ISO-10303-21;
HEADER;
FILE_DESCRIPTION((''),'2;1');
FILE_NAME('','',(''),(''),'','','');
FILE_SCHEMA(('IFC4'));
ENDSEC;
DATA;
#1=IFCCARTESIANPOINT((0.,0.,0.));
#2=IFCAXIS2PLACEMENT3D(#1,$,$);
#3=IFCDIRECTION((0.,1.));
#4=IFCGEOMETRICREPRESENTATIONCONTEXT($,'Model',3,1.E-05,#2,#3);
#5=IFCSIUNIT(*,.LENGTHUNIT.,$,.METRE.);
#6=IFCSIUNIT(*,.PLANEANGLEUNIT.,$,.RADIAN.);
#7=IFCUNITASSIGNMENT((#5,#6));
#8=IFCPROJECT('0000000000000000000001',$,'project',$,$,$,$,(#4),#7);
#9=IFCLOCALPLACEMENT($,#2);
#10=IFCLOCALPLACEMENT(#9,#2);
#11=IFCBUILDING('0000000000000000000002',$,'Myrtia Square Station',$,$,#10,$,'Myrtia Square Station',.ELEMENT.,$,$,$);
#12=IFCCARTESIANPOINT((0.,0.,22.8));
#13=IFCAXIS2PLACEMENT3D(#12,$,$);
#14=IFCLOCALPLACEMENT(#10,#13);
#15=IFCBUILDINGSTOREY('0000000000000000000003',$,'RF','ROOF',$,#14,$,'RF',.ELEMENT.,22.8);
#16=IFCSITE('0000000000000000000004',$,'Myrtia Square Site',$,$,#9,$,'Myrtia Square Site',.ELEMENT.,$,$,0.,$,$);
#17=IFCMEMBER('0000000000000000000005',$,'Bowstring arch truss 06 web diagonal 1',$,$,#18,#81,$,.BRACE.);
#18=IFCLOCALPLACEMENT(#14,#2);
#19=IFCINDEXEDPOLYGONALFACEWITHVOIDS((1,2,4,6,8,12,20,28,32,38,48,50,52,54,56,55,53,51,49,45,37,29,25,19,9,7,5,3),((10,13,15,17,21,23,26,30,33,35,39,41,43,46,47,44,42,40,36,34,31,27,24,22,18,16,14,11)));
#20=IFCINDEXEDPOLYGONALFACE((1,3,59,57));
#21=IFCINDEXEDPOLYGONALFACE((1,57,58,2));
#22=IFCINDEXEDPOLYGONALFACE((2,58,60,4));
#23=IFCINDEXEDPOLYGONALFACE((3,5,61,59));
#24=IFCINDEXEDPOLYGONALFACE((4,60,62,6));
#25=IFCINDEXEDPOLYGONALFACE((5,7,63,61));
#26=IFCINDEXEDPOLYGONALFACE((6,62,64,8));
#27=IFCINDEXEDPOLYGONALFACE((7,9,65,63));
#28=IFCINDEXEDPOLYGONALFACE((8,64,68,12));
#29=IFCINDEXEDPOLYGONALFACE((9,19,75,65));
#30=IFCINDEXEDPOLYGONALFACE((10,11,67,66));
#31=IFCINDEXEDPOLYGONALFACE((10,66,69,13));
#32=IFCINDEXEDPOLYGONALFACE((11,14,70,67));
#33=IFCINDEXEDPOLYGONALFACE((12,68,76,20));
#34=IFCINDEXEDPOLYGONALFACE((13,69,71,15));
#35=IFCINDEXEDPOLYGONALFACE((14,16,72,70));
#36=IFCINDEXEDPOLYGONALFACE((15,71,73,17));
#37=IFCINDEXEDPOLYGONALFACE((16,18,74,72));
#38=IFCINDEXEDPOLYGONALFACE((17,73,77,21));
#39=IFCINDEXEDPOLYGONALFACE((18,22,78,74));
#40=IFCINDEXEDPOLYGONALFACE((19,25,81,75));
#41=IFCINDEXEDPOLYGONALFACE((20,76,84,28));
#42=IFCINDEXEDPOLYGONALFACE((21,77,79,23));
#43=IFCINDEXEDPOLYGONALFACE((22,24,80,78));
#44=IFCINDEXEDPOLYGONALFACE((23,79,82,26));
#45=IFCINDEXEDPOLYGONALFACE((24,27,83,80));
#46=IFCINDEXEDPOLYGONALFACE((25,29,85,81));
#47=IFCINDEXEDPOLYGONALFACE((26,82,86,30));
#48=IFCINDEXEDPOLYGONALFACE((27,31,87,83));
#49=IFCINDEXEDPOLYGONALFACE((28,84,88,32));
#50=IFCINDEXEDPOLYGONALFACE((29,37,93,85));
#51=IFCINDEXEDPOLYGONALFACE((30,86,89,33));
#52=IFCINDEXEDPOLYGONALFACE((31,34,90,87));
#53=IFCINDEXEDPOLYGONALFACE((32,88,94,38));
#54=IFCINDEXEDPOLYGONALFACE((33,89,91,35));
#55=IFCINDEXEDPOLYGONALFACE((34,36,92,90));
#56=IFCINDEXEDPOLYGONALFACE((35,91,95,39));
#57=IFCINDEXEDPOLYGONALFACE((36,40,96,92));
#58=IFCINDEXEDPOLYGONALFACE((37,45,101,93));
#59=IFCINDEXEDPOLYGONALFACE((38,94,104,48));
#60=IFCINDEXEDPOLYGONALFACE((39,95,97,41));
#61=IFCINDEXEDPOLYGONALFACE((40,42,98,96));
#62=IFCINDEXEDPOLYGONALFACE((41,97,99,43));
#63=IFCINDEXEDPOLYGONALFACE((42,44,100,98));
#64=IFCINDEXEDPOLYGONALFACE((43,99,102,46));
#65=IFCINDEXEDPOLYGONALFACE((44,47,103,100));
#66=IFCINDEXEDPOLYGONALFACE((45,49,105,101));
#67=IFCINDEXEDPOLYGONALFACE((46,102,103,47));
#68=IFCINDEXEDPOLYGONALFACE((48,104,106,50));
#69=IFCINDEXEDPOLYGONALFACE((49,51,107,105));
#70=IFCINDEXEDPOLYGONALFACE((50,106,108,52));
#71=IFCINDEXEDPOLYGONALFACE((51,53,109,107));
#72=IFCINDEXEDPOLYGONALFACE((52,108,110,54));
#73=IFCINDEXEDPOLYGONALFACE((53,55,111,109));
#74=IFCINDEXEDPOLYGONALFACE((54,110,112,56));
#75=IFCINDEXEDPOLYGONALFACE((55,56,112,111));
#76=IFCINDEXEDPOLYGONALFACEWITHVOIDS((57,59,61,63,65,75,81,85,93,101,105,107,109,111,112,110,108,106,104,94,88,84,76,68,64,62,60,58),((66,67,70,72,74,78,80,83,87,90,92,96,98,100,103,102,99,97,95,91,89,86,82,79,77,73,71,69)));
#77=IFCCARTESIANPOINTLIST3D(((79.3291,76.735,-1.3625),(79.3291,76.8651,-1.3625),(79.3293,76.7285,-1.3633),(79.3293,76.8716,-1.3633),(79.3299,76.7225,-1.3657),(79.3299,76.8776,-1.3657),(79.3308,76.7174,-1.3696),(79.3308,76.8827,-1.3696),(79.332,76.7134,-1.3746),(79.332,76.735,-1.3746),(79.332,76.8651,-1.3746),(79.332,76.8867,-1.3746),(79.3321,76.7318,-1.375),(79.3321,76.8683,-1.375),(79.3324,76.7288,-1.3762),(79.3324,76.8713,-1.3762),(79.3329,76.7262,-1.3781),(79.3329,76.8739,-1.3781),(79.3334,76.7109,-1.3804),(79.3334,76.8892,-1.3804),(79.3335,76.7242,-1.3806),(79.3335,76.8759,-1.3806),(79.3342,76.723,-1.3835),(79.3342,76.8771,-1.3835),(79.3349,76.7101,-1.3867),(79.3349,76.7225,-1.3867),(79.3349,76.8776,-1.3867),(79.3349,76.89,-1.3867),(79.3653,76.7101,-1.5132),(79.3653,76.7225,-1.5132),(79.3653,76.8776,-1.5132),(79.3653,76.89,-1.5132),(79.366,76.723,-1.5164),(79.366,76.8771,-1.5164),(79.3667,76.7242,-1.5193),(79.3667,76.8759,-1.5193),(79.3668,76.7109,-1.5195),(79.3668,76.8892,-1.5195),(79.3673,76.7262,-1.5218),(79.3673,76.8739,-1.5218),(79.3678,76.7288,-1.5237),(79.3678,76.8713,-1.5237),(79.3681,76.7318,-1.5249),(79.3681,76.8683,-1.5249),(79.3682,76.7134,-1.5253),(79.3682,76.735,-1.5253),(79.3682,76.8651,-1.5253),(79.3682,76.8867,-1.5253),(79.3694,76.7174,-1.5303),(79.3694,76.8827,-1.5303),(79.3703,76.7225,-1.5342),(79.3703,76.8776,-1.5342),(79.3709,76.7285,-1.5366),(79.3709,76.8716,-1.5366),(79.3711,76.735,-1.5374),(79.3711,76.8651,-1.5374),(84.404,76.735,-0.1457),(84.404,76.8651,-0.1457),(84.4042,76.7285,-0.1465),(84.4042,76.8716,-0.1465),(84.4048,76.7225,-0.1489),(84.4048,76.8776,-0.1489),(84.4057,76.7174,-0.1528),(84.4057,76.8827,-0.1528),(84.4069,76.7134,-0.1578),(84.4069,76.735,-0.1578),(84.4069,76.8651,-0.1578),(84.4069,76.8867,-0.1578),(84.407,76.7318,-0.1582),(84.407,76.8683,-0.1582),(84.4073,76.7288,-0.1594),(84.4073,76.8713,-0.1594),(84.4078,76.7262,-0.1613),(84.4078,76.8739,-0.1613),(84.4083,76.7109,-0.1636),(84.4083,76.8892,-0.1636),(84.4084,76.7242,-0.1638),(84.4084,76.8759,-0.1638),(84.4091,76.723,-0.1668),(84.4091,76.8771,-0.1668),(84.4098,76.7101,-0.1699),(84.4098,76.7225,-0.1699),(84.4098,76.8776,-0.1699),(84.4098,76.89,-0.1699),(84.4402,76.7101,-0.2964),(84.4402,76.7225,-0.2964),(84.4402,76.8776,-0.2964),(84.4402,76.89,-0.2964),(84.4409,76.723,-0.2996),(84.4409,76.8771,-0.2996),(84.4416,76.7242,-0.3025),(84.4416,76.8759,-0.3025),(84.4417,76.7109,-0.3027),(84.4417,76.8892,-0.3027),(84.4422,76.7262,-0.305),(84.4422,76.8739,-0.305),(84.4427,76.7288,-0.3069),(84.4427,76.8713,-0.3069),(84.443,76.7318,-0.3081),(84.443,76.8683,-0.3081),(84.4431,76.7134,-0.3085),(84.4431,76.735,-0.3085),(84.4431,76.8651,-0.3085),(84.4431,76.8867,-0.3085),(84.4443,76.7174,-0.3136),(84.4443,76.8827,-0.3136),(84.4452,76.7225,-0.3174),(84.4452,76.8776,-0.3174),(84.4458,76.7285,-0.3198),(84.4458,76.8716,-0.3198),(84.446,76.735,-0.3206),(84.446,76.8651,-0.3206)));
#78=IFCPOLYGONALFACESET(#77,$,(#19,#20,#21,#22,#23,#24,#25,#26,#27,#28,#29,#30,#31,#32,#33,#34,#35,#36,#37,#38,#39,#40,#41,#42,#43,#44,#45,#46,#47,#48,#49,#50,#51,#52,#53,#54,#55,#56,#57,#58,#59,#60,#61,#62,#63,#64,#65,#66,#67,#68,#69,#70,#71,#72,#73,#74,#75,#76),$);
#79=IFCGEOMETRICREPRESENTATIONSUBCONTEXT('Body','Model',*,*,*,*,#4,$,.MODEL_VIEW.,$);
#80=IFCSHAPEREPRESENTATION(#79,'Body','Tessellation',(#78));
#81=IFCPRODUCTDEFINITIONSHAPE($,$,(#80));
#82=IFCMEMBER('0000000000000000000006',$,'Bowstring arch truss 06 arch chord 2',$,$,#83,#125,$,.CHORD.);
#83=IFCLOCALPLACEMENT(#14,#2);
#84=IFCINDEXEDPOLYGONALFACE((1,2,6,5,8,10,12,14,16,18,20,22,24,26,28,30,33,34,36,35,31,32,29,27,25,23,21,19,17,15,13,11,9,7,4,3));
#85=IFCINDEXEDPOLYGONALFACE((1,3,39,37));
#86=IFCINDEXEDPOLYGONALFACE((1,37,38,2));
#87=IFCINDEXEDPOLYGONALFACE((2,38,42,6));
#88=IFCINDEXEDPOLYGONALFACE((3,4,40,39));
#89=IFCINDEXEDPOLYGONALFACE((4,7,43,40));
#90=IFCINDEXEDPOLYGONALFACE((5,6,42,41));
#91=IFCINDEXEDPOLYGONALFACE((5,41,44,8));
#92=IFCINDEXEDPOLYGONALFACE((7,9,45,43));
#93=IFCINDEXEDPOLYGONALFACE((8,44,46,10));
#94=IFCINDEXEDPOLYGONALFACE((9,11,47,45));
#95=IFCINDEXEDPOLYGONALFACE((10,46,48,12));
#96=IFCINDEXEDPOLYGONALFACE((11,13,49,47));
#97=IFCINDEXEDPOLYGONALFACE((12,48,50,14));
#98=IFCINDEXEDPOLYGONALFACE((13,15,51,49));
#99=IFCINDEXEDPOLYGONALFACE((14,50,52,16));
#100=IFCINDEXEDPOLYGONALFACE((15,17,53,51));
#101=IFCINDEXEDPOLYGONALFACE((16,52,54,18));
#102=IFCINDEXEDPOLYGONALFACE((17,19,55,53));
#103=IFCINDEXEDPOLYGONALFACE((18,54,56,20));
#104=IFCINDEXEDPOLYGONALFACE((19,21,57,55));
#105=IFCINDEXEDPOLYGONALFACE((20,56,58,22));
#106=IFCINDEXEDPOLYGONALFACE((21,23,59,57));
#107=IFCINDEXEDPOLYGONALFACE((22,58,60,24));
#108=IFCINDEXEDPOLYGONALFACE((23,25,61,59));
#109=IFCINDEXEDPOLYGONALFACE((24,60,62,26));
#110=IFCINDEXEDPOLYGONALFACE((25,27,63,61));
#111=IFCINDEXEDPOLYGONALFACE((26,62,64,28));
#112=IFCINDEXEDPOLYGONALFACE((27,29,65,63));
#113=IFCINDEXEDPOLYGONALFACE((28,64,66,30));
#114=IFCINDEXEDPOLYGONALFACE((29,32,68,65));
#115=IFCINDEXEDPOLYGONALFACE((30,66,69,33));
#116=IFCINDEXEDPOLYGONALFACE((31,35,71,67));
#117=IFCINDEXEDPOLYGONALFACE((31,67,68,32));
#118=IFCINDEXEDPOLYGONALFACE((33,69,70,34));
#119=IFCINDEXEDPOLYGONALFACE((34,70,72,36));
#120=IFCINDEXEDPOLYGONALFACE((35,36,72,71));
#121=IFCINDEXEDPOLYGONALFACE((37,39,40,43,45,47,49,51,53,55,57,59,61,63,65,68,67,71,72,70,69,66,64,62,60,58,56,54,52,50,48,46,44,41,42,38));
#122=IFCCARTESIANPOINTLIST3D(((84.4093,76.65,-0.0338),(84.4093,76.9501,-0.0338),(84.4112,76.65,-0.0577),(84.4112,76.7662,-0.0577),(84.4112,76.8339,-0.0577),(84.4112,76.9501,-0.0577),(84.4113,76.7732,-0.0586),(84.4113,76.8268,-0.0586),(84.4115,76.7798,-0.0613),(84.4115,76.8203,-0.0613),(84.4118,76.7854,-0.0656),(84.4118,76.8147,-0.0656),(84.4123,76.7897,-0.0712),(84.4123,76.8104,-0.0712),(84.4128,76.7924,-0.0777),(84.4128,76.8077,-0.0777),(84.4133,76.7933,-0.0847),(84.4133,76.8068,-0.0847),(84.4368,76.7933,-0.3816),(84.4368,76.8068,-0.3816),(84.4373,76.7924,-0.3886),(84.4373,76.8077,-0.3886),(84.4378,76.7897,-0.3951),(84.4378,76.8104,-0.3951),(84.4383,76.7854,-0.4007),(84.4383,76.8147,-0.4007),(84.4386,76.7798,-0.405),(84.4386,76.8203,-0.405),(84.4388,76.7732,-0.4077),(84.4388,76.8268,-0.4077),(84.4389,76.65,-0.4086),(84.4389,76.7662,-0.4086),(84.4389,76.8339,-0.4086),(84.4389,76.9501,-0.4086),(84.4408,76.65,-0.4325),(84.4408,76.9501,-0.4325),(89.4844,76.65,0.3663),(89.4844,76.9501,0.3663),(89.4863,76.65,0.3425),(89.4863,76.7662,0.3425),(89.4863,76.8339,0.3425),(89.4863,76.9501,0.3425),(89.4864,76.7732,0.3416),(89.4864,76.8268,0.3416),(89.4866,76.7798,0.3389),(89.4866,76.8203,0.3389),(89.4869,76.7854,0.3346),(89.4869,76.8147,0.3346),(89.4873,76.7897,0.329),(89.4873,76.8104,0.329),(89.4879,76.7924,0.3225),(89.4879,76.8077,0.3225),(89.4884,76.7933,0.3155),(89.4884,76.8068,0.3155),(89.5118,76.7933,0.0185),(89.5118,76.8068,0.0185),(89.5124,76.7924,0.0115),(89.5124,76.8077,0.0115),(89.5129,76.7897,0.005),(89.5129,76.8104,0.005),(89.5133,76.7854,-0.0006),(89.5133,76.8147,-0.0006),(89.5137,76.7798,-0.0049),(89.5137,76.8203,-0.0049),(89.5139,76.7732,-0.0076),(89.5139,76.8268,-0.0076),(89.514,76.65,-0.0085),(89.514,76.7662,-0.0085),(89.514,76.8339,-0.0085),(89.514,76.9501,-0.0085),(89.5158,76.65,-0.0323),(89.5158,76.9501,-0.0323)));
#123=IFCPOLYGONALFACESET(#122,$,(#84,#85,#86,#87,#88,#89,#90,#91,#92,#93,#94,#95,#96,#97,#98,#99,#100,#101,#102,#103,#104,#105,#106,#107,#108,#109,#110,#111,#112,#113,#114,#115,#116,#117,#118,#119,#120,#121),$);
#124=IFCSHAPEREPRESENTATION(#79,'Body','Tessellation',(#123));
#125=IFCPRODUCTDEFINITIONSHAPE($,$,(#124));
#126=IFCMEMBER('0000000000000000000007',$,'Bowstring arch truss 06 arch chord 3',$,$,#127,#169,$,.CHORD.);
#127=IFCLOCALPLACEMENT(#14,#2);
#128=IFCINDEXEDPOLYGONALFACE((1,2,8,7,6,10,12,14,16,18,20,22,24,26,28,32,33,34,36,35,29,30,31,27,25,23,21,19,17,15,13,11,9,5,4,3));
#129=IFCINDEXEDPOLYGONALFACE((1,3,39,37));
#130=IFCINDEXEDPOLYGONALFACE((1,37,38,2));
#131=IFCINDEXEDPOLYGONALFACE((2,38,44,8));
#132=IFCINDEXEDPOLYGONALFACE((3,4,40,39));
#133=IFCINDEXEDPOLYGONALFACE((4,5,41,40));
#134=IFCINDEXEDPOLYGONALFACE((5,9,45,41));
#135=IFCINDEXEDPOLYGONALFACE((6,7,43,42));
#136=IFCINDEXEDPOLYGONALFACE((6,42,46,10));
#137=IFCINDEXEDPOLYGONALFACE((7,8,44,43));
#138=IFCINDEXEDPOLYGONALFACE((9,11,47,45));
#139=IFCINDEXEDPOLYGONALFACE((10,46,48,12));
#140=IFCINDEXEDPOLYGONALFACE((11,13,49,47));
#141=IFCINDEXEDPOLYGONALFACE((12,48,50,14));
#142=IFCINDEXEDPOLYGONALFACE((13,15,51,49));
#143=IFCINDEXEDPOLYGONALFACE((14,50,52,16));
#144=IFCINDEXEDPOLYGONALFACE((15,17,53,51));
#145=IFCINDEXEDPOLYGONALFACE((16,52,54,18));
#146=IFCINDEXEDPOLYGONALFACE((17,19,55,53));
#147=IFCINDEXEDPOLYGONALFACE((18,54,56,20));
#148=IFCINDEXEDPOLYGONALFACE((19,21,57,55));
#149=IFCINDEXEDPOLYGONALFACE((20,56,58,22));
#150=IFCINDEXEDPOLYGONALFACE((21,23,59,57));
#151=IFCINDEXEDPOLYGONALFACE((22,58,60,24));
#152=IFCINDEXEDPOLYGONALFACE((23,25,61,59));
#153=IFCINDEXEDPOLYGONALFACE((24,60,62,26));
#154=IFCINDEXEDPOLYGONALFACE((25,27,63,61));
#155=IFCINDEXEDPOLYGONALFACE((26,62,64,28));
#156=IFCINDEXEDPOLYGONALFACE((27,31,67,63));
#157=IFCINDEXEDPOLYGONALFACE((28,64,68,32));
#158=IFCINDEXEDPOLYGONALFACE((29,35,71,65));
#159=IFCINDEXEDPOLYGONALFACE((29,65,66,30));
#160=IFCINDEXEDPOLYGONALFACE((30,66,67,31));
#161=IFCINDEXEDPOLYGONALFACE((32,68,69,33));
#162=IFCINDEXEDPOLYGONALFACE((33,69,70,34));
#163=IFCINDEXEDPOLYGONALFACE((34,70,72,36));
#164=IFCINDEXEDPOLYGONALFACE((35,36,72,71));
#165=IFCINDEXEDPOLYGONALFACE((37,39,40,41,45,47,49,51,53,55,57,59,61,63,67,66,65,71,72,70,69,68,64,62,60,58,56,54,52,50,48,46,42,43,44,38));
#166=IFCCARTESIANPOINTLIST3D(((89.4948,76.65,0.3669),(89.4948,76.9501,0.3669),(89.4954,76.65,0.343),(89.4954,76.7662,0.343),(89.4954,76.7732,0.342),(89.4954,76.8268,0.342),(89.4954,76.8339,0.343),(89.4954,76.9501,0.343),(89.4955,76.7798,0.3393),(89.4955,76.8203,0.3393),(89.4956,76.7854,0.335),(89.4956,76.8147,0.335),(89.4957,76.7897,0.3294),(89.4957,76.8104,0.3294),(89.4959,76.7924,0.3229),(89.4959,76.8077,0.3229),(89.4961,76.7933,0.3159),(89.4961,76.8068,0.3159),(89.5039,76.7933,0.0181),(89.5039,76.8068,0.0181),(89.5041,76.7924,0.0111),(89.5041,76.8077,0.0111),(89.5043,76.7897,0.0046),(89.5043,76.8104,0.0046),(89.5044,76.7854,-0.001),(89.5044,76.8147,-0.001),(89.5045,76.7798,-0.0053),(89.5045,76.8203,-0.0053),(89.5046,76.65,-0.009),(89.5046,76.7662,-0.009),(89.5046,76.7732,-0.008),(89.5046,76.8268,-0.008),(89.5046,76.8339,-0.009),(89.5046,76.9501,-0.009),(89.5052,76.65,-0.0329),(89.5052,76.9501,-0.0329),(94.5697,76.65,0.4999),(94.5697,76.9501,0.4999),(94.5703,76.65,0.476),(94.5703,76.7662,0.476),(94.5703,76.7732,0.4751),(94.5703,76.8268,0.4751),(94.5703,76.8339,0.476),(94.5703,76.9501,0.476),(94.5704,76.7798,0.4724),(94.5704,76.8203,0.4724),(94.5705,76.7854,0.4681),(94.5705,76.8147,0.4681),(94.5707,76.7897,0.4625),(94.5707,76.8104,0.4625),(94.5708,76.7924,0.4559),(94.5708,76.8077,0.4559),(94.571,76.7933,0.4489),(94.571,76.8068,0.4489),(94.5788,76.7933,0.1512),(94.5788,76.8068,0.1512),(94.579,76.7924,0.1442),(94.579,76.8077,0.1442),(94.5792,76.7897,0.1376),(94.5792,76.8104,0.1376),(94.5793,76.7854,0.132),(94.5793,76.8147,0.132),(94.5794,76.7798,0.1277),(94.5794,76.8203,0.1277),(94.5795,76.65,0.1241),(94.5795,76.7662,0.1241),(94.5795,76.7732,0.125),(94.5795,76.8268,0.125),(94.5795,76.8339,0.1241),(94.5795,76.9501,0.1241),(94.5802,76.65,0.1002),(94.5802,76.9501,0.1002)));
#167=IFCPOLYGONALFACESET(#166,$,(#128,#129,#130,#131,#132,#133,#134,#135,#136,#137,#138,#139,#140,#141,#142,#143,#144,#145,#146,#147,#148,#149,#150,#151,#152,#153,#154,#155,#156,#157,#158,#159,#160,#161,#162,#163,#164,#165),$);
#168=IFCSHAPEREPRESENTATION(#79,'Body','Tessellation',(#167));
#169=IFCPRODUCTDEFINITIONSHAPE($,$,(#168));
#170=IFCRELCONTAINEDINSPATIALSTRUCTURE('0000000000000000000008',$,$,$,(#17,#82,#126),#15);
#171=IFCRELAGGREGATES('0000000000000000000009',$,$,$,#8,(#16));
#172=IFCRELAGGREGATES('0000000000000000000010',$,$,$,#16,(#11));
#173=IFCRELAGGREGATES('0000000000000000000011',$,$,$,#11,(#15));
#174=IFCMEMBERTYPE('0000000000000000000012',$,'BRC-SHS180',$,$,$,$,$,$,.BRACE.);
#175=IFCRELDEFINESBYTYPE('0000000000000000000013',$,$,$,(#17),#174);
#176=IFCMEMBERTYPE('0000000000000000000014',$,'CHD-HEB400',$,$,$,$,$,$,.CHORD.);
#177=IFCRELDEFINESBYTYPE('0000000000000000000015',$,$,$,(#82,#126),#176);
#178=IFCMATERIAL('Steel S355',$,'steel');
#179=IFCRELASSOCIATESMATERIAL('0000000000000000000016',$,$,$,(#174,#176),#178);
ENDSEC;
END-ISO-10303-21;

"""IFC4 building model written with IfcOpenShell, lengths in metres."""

from ifc_helpers import new_model, si_unit, direction, frame, origin, origin_2d, place, context, subcontext, project, spatial, hollow_rectangle, i_section, extrude, material, material_profile, profile_set, type_object, element, save


model = new_model("IFC4")

# Units and contexts
model_context = context("Model", 3, precision=1e-05, world=origin(), true_north=direction((0.0, 1.0)))
body_context = subcontext(model_context, "Body", "Model", "MODEL_VIEW")
ifc_project = project(units=[si_unit("LENGTHUNIT", "METRE"), si_unit("PLANEANGLEUNIT", "RADIAN")], contexts=[model_context])

# Site, building, storey
site_placement = place(None, origin())
site = spatial("IfcSite", under=ifc_project, at=site_placement, Name="Myrtia Square Site", LongName="Myrtia Square Site", CompositionType="ELEMENT", RefElevation=0.0)
building_placement = place(site_placement, origin())
building = spatial("IfcBuilding", under=site, at=building_placement, Name="Myrtia Square Station", LongName="Myrtia Square Station", CompositionType="ELEMENT")
storey_placement = place(building_placement, frame((0.0, 0.0, 22.8)))
storey = spatial("IfcBuildingStorey", under=building, at=storey_placement, Name="RF", Description="ROOF", LongName="RF", CompositionType="ELEMENT", Elevation=22.8)

# Members
ifc_material_1 = material(Name="Steel S355", Category="steel")
ifc_material_profile_1 = material_profile(ifc_material_1, hollow_rectangle(XDim=0.1799, YDim=0.1799, WallThickness=0.0125, InnerFilletRadius=0.0125, OuterFilletRadius=0.0249, at=origin_2d()), Name="SHS 180x180x12.5")
ifc_profile_set_1 = profile_set([ifc_material_profile_1], Name="Steel S355")
member_type_1 = type_object("IfcMemberType", Name="BRC-SHS180", PredefinedType="BRACE", material=ifc_profile_set_1)
member_1_placement = place(storey_placement, frame((79.3501, 76.8, -1.45), z_axis=(0.972439, 0.0, 0.233157), x_axis=(0.0, 1.0, 0.0)))
element("IfcMember", 1, at=member_1_placement, inside=storey, type_object=member_type_1, Name="Bowstring arch truss 06 web diagonal 1", PredefinedType="BRACE", context=body_context, shape_type="SweptSolid", body=[
    extrude(hollow_rectangle(XDim=0.1799, YDim=0.1799, WallThickness=0.0125, InnerFilletRadius=0.0125, OuterFilletRadius=0.0249, at=origin_2d()), origin(), (0.0, 0.0, 1.0), 5.2188),
])
ifc_material_profile_2 = material_profile(ifc_material_1, i_section(OverallWidth=0.3, OverallDepth=0.3999, WebThickness=0.0134, FlangeThickness=0.0239, FilletRadius=0.0271, at=origin_2d()), Name="HEB 400")
ifc_profile_set_2 = profile_set([ifc_material_profile_2], Name="Steel S355")
member_type_2 = type_object("IfcMemberType", Name="CHD-HEB400", PredefinedType="CHORD", material=ifc_profile_set_2)
member_2_placement = place(storey_placement, frame((84.425, 76.8, -0.2332), z_axis=(0.996906, 0.0, 0.078603), x_axis=(0.0, 1.0, 0.0)))
element("IfcMember", 2, at=member_2_placement, inside=storey, type_object=member_type_2, Name="Bowstring arch truss 06 arch chord 2", PredefinedType="CHORD", context=body_context, shape_type="SweptSolid", body=[
    extrude(i_section(OverallWidth=0.3, OverallDepth=0.3999, WebThickness=0.0134, FlangeThickness=0.0239, FilletRadius=0.0271, at=origin_2d()), origin(), (0.0, 0.0, 1.0), 5.0908),
])
for number, where, z_axis, x_axis, name in (
    (3, (89.5, 76.8, 0.167), (0.999656, 0.0, 0.026209), (0.0, 1.0, 0.0), "Bowstring arch truss 06 arch chord 3"),
):
    element("IfcMember", number, at=place(storey_placement, frame(where, z_axis=z_axis, x_axis=x_axis)), inside=storey, type_object=member_type_2, Name=name, PredefinedType="CHORD", context=body_context, shape_type="SweptSolid", body=[
        extrude(i_section(OverallWidth=0.3, OverallDepth=0.3999, WebThickness=0.0134, FlangeThickness=0.0239, FilletRadius=0.0271, at=origin_2d()), origin(), (0.0, 0.0, 1.0), 5.0767),
    ])

save(model, "model.ifc")
